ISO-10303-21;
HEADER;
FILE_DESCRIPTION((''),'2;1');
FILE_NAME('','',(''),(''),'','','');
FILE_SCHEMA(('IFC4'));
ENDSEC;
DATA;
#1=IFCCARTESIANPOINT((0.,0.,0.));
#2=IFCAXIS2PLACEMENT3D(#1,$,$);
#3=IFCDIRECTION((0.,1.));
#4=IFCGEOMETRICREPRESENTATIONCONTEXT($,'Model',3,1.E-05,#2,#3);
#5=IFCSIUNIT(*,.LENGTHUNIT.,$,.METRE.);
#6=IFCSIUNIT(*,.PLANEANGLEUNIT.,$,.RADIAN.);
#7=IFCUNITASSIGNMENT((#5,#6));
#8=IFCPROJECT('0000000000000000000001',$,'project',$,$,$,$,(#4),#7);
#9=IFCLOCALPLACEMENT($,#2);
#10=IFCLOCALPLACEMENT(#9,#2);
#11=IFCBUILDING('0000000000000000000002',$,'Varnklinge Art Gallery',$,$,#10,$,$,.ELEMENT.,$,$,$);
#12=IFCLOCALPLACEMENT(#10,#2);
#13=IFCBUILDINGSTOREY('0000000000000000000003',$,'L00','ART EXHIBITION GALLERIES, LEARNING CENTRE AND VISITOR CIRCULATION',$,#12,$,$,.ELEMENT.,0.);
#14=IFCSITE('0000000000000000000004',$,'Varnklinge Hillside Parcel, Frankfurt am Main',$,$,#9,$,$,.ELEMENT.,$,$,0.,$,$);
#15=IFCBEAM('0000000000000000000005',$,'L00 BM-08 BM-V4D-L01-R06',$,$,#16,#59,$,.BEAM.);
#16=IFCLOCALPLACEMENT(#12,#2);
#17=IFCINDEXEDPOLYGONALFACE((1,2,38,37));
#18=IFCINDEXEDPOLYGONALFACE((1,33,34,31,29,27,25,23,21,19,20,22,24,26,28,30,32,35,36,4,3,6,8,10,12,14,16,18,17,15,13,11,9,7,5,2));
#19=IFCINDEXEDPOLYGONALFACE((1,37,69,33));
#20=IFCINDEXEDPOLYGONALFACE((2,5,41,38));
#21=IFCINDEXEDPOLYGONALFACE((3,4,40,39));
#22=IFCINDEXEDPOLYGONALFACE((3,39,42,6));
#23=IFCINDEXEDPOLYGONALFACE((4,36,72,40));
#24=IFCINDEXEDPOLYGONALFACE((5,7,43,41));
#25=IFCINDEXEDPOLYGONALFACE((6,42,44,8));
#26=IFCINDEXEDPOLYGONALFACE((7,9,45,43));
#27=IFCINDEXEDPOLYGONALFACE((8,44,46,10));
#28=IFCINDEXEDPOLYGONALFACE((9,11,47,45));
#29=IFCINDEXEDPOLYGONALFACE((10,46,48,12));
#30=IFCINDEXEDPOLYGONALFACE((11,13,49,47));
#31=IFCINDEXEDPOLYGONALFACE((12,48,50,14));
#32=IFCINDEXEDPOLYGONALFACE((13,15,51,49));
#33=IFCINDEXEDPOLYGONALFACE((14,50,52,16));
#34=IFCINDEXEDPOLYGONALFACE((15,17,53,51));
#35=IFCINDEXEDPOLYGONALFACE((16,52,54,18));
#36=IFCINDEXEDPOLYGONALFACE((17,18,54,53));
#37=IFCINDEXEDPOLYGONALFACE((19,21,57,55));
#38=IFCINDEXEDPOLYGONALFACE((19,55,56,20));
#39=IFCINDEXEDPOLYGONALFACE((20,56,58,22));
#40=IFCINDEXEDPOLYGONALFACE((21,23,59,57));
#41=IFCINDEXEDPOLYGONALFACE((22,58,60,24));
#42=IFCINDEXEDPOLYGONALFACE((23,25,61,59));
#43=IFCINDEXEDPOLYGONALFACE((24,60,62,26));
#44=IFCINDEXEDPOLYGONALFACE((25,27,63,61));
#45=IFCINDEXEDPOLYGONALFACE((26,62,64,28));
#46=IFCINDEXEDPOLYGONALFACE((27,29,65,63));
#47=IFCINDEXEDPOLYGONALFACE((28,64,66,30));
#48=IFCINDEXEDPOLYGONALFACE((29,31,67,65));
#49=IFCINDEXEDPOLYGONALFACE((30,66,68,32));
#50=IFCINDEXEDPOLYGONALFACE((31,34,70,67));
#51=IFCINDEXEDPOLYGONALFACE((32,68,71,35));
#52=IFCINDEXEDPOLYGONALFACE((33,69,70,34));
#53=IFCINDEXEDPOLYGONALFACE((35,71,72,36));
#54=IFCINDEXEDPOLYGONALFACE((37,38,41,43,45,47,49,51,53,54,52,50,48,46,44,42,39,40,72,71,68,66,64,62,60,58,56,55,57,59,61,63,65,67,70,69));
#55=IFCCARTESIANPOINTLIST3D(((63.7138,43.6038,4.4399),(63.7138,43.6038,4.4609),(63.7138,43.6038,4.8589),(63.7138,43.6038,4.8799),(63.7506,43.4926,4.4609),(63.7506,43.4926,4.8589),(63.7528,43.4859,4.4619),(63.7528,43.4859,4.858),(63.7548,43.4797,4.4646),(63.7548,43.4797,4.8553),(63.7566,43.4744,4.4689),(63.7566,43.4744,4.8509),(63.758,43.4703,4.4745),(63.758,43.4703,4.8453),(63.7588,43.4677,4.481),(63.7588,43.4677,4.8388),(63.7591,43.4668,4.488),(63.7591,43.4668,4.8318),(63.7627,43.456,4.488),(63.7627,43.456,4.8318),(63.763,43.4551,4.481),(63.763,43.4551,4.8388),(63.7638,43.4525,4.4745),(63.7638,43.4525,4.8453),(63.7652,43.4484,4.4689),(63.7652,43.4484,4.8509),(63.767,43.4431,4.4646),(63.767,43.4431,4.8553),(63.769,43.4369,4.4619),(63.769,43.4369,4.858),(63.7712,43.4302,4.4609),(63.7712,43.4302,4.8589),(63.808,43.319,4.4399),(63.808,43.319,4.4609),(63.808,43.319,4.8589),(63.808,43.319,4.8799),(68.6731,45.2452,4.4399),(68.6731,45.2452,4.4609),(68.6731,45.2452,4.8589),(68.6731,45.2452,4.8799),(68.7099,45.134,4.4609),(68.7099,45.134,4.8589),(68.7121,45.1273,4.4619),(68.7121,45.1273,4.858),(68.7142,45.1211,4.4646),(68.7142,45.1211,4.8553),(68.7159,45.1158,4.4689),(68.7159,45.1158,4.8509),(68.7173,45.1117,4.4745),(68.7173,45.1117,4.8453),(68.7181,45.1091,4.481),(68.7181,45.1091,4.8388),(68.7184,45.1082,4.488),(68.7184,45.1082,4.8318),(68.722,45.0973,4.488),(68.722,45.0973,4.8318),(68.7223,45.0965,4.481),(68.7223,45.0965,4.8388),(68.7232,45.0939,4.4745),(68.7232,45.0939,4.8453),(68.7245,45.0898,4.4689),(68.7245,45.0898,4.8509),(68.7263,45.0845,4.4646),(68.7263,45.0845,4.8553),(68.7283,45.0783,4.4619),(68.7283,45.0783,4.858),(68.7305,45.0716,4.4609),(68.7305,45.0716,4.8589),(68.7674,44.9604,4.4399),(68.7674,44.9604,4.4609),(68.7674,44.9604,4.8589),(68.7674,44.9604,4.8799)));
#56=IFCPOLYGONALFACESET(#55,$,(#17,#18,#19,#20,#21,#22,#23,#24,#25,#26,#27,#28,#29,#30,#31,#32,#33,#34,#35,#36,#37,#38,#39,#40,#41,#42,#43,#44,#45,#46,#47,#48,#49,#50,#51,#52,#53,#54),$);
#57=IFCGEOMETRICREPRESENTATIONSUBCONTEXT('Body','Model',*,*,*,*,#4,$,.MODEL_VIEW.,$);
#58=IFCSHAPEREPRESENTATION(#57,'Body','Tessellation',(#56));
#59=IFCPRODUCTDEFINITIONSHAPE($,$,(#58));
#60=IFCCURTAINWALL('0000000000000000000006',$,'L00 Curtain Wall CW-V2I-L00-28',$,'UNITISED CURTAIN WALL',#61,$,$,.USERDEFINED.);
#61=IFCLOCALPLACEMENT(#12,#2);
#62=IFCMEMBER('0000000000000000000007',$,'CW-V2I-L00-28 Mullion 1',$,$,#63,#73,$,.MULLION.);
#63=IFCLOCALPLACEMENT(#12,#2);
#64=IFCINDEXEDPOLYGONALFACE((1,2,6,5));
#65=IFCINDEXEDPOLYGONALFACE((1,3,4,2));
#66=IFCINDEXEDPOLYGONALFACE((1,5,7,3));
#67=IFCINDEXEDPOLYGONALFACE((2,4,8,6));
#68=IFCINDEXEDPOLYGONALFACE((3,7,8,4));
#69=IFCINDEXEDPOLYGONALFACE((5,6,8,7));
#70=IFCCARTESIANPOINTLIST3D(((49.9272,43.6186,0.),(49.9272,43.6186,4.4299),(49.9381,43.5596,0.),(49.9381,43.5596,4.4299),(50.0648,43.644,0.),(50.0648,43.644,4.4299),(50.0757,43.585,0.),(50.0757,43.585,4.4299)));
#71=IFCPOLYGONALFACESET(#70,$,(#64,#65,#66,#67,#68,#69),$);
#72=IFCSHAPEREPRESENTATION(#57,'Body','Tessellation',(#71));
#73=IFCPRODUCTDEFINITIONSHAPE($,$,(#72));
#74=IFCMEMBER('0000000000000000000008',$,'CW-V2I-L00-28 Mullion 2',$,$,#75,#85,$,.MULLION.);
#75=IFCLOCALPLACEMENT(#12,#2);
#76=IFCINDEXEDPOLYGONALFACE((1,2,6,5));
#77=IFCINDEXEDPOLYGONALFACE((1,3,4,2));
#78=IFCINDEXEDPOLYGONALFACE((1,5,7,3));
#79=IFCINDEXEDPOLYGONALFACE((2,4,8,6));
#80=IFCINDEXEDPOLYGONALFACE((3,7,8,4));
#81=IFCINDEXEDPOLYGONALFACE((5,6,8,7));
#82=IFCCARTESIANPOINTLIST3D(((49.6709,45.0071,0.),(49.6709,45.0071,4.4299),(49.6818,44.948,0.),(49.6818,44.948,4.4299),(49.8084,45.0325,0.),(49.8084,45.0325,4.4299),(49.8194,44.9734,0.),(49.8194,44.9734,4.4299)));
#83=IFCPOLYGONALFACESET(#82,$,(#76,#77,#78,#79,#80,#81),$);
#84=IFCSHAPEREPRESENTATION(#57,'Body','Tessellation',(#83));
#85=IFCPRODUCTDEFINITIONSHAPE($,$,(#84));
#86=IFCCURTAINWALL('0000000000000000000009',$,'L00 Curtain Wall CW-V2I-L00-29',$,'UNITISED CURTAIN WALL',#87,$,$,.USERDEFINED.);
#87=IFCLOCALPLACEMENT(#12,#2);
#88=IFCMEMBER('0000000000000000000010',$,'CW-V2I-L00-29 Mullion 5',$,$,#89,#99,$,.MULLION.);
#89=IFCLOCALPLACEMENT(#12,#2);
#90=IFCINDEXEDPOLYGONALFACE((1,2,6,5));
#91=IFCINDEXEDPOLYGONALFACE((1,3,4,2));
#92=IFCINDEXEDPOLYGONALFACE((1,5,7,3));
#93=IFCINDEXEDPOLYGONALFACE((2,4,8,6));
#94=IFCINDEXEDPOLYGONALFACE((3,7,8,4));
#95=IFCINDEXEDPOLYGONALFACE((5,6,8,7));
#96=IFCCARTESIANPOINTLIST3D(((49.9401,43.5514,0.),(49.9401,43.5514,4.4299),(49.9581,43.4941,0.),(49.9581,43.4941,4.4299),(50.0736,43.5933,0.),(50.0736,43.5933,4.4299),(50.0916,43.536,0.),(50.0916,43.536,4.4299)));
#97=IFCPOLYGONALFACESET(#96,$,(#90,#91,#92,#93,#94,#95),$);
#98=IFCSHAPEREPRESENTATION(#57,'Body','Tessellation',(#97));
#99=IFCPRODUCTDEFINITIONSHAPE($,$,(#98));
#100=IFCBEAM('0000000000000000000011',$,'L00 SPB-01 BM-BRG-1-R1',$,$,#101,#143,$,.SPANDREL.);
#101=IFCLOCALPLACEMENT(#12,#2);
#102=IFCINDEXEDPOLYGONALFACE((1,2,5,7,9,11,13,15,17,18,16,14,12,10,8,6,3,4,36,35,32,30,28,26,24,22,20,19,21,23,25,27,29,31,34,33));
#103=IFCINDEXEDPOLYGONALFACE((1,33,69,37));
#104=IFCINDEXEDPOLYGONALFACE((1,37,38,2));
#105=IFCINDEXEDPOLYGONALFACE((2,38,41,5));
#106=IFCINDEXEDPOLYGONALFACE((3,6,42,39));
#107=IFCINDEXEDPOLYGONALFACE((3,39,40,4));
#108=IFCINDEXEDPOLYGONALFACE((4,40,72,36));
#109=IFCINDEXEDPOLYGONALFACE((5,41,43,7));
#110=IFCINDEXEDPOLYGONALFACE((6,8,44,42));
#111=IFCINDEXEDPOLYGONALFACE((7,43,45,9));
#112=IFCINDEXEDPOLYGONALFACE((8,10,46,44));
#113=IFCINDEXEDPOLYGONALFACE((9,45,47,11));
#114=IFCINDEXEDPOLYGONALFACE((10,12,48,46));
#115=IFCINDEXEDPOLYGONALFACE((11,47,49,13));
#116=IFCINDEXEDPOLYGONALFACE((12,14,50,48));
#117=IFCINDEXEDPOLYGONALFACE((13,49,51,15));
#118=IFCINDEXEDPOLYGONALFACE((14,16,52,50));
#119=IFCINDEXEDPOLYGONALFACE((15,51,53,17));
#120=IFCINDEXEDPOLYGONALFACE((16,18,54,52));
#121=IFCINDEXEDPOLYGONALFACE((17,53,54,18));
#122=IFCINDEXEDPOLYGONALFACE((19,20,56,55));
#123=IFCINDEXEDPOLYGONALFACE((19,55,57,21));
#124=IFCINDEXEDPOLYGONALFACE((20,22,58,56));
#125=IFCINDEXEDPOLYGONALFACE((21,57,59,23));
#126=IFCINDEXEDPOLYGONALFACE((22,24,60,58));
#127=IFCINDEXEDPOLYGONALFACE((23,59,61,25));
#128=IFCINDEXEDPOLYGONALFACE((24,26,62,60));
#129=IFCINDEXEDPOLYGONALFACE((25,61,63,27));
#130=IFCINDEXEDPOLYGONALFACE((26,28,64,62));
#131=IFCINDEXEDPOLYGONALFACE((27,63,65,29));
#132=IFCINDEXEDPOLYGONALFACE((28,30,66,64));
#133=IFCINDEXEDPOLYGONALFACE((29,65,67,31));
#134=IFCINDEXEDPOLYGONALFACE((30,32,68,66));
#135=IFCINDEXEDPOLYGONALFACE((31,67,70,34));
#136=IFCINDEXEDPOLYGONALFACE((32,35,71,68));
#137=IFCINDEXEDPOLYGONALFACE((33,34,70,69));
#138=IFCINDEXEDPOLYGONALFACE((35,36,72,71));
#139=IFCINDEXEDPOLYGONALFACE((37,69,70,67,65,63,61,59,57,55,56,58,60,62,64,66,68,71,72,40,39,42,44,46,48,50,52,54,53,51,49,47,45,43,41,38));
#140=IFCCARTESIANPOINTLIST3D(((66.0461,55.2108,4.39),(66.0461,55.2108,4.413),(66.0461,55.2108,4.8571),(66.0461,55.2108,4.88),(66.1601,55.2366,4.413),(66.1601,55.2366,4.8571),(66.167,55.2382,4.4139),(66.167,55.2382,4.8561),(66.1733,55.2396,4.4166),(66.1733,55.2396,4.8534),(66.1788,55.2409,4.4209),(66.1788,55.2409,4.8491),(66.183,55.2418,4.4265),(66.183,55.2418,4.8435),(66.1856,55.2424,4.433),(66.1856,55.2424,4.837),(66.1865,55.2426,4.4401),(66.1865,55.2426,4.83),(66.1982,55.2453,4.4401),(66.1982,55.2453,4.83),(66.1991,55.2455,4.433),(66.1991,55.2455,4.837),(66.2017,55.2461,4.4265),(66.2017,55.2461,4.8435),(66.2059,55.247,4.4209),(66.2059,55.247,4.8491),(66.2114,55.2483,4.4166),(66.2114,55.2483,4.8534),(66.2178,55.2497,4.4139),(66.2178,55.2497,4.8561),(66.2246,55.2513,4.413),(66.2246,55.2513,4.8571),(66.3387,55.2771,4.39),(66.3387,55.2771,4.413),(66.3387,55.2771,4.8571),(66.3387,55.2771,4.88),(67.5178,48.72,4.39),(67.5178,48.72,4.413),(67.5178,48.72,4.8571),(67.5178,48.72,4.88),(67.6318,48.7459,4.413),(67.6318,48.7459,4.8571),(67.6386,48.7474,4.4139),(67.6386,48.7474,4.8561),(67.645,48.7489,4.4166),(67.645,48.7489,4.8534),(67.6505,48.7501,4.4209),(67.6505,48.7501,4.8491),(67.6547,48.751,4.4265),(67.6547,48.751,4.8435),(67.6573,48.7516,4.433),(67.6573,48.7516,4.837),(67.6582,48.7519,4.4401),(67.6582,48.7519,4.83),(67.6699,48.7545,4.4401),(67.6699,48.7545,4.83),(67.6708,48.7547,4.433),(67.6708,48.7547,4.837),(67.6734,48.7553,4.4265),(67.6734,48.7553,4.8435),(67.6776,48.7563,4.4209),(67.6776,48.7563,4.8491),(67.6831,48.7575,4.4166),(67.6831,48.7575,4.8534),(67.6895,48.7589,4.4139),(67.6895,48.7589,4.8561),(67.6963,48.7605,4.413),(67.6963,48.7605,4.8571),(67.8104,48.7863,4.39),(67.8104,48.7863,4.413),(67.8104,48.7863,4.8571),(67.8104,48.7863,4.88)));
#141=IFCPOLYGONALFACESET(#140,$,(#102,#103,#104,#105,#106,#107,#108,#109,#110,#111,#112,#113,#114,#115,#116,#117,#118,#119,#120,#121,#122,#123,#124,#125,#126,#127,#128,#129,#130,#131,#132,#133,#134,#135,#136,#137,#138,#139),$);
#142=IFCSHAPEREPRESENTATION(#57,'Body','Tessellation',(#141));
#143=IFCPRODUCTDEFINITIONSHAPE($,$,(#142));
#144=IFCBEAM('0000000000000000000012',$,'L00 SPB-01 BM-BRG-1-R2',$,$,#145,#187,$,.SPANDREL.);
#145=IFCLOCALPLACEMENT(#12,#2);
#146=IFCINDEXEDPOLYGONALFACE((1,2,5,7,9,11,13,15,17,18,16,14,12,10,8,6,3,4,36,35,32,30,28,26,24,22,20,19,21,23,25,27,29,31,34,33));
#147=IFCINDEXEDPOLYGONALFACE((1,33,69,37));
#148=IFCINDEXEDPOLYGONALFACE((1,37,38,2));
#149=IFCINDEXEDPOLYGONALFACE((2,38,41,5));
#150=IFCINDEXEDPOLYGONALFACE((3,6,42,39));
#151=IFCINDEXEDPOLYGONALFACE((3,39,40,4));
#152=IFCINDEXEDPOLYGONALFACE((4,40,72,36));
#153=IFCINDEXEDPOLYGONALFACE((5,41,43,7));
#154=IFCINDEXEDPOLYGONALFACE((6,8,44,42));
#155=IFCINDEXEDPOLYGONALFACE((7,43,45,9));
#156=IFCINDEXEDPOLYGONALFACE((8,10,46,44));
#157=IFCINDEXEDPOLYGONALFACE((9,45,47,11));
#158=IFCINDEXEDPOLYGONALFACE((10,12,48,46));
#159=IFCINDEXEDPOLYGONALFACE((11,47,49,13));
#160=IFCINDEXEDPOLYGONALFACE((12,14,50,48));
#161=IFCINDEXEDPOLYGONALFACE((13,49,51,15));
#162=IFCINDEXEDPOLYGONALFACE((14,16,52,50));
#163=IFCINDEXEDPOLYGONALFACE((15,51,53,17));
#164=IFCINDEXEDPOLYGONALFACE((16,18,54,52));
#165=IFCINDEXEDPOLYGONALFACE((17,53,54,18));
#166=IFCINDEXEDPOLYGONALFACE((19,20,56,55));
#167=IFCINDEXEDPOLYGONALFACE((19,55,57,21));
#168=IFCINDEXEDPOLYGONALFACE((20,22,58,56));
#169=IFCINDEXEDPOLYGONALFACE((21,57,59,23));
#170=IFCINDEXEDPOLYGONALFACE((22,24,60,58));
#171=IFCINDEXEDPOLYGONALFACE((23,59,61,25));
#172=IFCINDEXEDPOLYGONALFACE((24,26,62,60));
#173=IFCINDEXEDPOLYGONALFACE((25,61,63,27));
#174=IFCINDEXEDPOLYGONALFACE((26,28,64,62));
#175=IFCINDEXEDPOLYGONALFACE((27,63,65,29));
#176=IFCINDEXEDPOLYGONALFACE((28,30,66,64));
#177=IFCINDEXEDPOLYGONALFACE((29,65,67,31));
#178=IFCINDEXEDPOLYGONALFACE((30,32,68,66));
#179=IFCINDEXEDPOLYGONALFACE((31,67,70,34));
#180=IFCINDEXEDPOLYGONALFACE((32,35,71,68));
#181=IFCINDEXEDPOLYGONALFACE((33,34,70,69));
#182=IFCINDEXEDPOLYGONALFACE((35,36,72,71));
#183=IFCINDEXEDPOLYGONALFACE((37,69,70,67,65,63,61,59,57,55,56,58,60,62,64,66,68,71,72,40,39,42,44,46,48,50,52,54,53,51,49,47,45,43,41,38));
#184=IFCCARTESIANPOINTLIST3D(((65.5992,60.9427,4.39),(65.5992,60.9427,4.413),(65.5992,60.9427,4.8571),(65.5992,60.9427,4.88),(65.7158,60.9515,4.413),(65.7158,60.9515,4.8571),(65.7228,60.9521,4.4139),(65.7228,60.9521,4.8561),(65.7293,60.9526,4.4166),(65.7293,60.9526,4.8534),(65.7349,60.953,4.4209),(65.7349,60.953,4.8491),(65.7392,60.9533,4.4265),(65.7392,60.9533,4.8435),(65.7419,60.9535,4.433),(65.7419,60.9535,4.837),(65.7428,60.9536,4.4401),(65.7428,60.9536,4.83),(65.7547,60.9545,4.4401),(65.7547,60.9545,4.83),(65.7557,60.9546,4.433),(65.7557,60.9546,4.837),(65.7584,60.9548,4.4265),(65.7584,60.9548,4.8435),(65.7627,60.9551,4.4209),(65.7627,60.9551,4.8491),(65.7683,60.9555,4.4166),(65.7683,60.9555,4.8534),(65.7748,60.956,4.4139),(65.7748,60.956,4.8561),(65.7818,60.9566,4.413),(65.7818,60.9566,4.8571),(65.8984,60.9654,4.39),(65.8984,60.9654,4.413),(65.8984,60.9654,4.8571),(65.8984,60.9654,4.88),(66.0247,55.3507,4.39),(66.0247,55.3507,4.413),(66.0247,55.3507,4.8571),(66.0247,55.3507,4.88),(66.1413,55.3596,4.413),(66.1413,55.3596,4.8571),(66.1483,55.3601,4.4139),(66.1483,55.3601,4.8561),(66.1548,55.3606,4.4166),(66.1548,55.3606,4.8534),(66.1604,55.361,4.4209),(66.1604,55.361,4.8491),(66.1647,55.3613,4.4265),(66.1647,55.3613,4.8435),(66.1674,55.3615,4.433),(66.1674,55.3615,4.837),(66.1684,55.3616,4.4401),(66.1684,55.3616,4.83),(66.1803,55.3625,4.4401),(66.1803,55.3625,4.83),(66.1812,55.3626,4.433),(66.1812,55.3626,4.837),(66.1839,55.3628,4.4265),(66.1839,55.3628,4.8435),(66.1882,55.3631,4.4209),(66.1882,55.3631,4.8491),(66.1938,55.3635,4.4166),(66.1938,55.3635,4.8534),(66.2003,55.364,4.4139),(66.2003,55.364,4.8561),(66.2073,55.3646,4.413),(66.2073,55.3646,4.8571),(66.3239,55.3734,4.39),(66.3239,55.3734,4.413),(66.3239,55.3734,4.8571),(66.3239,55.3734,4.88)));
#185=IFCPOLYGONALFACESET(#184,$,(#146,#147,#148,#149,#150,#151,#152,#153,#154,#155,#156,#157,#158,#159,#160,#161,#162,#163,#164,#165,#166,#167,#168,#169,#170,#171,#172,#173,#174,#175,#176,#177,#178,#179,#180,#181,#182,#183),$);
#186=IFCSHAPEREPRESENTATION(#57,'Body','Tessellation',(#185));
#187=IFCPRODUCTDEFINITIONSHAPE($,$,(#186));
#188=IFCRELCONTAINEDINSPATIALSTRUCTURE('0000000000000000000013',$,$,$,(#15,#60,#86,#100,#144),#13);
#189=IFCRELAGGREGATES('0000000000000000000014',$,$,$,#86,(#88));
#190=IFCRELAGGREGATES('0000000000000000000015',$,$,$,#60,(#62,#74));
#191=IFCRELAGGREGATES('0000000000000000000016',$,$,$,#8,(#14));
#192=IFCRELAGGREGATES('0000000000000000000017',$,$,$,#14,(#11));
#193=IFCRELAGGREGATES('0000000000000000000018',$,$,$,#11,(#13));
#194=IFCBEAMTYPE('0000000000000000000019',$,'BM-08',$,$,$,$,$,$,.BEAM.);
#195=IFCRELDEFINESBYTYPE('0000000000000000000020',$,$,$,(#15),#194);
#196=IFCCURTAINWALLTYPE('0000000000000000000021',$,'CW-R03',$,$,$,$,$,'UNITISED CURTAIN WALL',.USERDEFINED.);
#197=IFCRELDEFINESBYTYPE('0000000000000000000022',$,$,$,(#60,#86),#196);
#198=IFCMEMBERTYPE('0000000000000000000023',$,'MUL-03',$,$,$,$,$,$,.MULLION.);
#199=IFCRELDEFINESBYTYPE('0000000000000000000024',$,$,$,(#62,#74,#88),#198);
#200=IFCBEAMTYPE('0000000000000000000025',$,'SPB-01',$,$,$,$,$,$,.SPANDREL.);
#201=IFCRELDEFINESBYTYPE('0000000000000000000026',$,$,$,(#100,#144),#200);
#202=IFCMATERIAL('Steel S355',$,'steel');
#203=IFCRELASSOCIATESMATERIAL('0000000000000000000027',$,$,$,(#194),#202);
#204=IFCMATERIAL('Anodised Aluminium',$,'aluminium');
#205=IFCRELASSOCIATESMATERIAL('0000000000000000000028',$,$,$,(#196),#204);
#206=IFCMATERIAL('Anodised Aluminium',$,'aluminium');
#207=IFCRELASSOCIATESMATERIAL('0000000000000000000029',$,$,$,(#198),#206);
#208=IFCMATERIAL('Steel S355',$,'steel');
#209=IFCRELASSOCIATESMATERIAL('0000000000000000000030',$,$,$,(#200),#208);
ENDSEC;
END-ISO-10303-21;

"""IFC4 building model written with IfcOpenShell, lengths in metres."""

from ifc_helpers import new_model, si_unit, direction, frame, origin, origin_2d, place, context, subcontext, project, spatial, rectangle, i_section, extrude, material, material_profile, profile_set, type_object, element, aggregate, save


model = new_model("IFC4")

# Units and contexts
model_context = context("Model", 3, precision=1e-05, world=origin(), true_north=direction((0.0, 1.0)))
body_context = subcontext(model_context, "Body", "Model", "MODEL_VIEW")
ifc_project = project(units=[si_unit("LENGTHUNIT", "METRE"), si_unit("PLANEANGLEUNIT", "RADIAN")], contexts=[model_context])

# Site, building, storey
site_placement = place(None, origin())
site = spatial("IfcSite", under=ifc_project, at=site_placement, Name="Varnklinge Hillside Parcel, Frankfurt am Main", CompositionType="ELEMENT", RefElevation=0.0)
building_placement = place(site_placement, origin())
building = spatial("IfcBuilding", under=site, at=building_placement, Name="Varnklinge Art Gallery", CompositionType="ELEMENT")
storey_placement = place(building_placement, origin())
storey = spatial("IfcBuildingStorey", under=building, at=storey_placement, Name="L00", Description="ART EXHIBITION GALLERIES, LEARNING CENTRE AND VISITOR CIRCULATION", CompositionType="ELEMENT", Elevation=0.0)

# Beam
ifc_material_1 = material(Name="Steel S355", Category="steel")
ifc_material_profile_1 = material_profile(ifc_material_1, i_section(OverallWidth=0.3, OverallDepth=0.4399, WebThickness=0.0115, FlangeThickness=0.021, FilletRadius=0.0271, at=origin_2d()), Name="HEA 450")
ifc_profile_set_1 = profile_set([ifc_material_profile_1], Name="Steel S355")
beam_type_1 = type_object("IfcBeamType", Name="BM-08", PredefinedType="BEAM", material=ifc_profile_set_1)
beam_1_placement = place(storey_placement, frame((68.7202, 45.1028, 4.6599), z_axis=(-0.949354, -0.314208, 0.0), x_axis=(0.314208, -0.949354, 0.0)))
element("IfcBeam", 1, at=beam_1_placement, inside=storey, type_object=beam_type_1, Name="L00 BM-08 BM-V4D-L01-R06", PredefinedType="BEAM", context=body_context, shape_type="SweptSolid", body=[
    extrude(i_section(OverallWidth=0.3, OverallDepth=0.4399, WebThickness=0.0115, FlangeThickness=0.021, FilletRadius=0.0271, at=origin_2d()), origin(), (0.0, 0.0, 1.0), 5.2239),
])

# Curtain wall, members
ifc_material_2 = material(Name="Anodised Aluminium", Category="aluminium")
curtain_wall_type = type_object("IfcCurtainWallType", Name="CW-R03", ElementType="UNITISED CURTAIN WALL", PredefinedType="USERDEFINED", material=ifc_material_2)
curtain_wall_1_placement = place(storey_placement, origin())
curtain_wall_1 = element("IfcCurtainWall", 2, at=curtain_wall_1_placement, inside=storey, type_object=curtain_wall_type, Name="L00 Curtain Wall CW-V2I-L00-28", ObjectType="UNITISED CURTAIN WALL", PredefinedType="USERDEFINED")
ifc_material_3 = material(Name="Anodised Aluminium", Category="aluminium")
ifc_material_profile_2 = material_profile(ifc_material_3, rectangle(XDim=0.0601, YDim=0.1399, at=origin_2d()), Name="ALU 60x140")
ifc_profile_set_2 = profile_set([ifc_material_profile_2], Name="Anodised Aluminium")
member_type_1 = type_object("IfcMemberType", Name="MUL-03", PredefinedType="MULLION", material=ifc_profile_set_2)
member_1_placement = place(storey_placement, frame((50.0015, 43.6018, 0.0), z_axis=(0.0, 0.0, 1.0), x_axis=(-0.181549, 0.983382, 0.0)))
member_1 = element("IfcMember", 3, at=member_1_placement, type_object=member_type_1, Name="CW-V2I-L00-28 Mullion 1", PredefinedType="MULLION", context=body_context, shape_type="SweptSolid", body=[
    extrude(rectangle(XDim=0.0601, YDim=0.1399, at=origin_2d()), origin(), (0.0, 0.0, 1.0), 4.4299),
])
member_2_placement = place(storey_placement, frame((49.7451, 44.9902, 0.0), z_axis=(0.0, 0.0, 1.0), x_axis=(-0.181549, 0.983382, 0.0)))
member_2 = element("IfcMember", 4, at=member_2_placement, type_object=member_type_1, Name="CW-V2I-L00-28 Mullion 2", PredefinedType="MULLION", context=body_context, shape_type="SweptSolid", body=[
    extrude(rectangle(XDim=0.0601, YDim=0.1399, at=origin_2d()), origin(), (0.0, 0.0, 1.0), 4.4299),
])

# Curtain wall, member
curtain_wall_2_placement = place(storey_placement, origin())
curtain_wall_2 = element("IfcCurtainWall", 5, at=curtain_wall_2_placement, inside=storey, type_object=curtain_wall_type, Name="L00 Curtain Wall CW-V2I-L00-29", ObjectType="UNITISED CURTAIN WALL", PredefinedType="USERDEFINED")
member_3_placement = place(storey_placement, frame((50.0159, 43.5437, 0.0), z_axis=(0.0, 0.0, 1.0), x_axis=(-0.299707, 0.954031, 0.0)))
member_3 = element("IfcMember", 6, at=member_3_placement, type_object=member_type_1, Name="CW-V2I-L00-29 Mullion 5", PredefinedType="MULLION", context=body_context, shape_type="SweptSolid", body=[
    extrude(rectangle(XDim=0.0601, YDim=0.1399, at=origin_2d()), origin(), (0.0, 0.0, 1.0), 4.4299),
])
aggregate(curtain_wall_2, [member_3])

# Beams
ifc_material_4 = material(Name="Steel S355", Category="steel")
ifc_material_profile_3 = material_profile(ifc_material_4, i_section(OverallWidth=0.3, OverallDepth=0.49, WebThickness=0.012, FlangeThickness=0.0229, FilletRadius=0.0271, at=origin_2d()), Name="HEA 500")
ifc_profile_set_3 = profile_set([ifc_material_profile_3], Name="Steel S355")
beam_type_2 = type_object("IfcBeamType", Name="SPB-01", PredefinedType="SPANDREL", material=ifc_profile_set_3)
beam_2_placement = place(storey_placement, frame((67.6641, 48.7532, 4.635), z_axis=(-0.221123, 0.975246, 0.0), x_axis=(-0.975246, -0.221123, 0.0)))
element("IfcBeam", 7, at=beam_2_placement, inside=storey, type_object=beam_type_2, Name="L00 SPB-01 BM-BRG-1-R1", PredefinedType="SPANDREL", context=body_context, shape_type="SweptSolid", body=[
    extrude(i_section(OverallWidth=0.3, OverallDepth=0.49, WebThickness=0.012, FlangeThickness=0.0229, FilletRadius=0.0271, at=origin_2d()), origin(), (0.0, 0.0, 1.0), 6.6555),
])
beam_3_placement = place(storey_placement, frame((66.1743, 55.3621, 4.635), z_axis=(-0.075878, 0.997117, 0.0), x_axis=(-0.997117, -0.075878, 0.0)))
element("IfcBeam", 8, at=beam_3_placement, inside=storey, type_object=beam_type_2, Name="L00 SPB-01 BM-BRG-1-R2", PredefinedType="SPANDREL", context=body_context, shape_type="SweptSolid", body=[
    extrude(i_section(OverallWidth=0.3, OverallDepth=0.49, WebThickness=0.012, FlangeThickness=0.0229, FilletRadius=0.0271, at=origin_2d()), origin(), (0.0, 0.0, 1.0), 5.6082),
])

aggregate(curtain_wall_1, [member_1, member_2])

save(model, "model.ifc")
